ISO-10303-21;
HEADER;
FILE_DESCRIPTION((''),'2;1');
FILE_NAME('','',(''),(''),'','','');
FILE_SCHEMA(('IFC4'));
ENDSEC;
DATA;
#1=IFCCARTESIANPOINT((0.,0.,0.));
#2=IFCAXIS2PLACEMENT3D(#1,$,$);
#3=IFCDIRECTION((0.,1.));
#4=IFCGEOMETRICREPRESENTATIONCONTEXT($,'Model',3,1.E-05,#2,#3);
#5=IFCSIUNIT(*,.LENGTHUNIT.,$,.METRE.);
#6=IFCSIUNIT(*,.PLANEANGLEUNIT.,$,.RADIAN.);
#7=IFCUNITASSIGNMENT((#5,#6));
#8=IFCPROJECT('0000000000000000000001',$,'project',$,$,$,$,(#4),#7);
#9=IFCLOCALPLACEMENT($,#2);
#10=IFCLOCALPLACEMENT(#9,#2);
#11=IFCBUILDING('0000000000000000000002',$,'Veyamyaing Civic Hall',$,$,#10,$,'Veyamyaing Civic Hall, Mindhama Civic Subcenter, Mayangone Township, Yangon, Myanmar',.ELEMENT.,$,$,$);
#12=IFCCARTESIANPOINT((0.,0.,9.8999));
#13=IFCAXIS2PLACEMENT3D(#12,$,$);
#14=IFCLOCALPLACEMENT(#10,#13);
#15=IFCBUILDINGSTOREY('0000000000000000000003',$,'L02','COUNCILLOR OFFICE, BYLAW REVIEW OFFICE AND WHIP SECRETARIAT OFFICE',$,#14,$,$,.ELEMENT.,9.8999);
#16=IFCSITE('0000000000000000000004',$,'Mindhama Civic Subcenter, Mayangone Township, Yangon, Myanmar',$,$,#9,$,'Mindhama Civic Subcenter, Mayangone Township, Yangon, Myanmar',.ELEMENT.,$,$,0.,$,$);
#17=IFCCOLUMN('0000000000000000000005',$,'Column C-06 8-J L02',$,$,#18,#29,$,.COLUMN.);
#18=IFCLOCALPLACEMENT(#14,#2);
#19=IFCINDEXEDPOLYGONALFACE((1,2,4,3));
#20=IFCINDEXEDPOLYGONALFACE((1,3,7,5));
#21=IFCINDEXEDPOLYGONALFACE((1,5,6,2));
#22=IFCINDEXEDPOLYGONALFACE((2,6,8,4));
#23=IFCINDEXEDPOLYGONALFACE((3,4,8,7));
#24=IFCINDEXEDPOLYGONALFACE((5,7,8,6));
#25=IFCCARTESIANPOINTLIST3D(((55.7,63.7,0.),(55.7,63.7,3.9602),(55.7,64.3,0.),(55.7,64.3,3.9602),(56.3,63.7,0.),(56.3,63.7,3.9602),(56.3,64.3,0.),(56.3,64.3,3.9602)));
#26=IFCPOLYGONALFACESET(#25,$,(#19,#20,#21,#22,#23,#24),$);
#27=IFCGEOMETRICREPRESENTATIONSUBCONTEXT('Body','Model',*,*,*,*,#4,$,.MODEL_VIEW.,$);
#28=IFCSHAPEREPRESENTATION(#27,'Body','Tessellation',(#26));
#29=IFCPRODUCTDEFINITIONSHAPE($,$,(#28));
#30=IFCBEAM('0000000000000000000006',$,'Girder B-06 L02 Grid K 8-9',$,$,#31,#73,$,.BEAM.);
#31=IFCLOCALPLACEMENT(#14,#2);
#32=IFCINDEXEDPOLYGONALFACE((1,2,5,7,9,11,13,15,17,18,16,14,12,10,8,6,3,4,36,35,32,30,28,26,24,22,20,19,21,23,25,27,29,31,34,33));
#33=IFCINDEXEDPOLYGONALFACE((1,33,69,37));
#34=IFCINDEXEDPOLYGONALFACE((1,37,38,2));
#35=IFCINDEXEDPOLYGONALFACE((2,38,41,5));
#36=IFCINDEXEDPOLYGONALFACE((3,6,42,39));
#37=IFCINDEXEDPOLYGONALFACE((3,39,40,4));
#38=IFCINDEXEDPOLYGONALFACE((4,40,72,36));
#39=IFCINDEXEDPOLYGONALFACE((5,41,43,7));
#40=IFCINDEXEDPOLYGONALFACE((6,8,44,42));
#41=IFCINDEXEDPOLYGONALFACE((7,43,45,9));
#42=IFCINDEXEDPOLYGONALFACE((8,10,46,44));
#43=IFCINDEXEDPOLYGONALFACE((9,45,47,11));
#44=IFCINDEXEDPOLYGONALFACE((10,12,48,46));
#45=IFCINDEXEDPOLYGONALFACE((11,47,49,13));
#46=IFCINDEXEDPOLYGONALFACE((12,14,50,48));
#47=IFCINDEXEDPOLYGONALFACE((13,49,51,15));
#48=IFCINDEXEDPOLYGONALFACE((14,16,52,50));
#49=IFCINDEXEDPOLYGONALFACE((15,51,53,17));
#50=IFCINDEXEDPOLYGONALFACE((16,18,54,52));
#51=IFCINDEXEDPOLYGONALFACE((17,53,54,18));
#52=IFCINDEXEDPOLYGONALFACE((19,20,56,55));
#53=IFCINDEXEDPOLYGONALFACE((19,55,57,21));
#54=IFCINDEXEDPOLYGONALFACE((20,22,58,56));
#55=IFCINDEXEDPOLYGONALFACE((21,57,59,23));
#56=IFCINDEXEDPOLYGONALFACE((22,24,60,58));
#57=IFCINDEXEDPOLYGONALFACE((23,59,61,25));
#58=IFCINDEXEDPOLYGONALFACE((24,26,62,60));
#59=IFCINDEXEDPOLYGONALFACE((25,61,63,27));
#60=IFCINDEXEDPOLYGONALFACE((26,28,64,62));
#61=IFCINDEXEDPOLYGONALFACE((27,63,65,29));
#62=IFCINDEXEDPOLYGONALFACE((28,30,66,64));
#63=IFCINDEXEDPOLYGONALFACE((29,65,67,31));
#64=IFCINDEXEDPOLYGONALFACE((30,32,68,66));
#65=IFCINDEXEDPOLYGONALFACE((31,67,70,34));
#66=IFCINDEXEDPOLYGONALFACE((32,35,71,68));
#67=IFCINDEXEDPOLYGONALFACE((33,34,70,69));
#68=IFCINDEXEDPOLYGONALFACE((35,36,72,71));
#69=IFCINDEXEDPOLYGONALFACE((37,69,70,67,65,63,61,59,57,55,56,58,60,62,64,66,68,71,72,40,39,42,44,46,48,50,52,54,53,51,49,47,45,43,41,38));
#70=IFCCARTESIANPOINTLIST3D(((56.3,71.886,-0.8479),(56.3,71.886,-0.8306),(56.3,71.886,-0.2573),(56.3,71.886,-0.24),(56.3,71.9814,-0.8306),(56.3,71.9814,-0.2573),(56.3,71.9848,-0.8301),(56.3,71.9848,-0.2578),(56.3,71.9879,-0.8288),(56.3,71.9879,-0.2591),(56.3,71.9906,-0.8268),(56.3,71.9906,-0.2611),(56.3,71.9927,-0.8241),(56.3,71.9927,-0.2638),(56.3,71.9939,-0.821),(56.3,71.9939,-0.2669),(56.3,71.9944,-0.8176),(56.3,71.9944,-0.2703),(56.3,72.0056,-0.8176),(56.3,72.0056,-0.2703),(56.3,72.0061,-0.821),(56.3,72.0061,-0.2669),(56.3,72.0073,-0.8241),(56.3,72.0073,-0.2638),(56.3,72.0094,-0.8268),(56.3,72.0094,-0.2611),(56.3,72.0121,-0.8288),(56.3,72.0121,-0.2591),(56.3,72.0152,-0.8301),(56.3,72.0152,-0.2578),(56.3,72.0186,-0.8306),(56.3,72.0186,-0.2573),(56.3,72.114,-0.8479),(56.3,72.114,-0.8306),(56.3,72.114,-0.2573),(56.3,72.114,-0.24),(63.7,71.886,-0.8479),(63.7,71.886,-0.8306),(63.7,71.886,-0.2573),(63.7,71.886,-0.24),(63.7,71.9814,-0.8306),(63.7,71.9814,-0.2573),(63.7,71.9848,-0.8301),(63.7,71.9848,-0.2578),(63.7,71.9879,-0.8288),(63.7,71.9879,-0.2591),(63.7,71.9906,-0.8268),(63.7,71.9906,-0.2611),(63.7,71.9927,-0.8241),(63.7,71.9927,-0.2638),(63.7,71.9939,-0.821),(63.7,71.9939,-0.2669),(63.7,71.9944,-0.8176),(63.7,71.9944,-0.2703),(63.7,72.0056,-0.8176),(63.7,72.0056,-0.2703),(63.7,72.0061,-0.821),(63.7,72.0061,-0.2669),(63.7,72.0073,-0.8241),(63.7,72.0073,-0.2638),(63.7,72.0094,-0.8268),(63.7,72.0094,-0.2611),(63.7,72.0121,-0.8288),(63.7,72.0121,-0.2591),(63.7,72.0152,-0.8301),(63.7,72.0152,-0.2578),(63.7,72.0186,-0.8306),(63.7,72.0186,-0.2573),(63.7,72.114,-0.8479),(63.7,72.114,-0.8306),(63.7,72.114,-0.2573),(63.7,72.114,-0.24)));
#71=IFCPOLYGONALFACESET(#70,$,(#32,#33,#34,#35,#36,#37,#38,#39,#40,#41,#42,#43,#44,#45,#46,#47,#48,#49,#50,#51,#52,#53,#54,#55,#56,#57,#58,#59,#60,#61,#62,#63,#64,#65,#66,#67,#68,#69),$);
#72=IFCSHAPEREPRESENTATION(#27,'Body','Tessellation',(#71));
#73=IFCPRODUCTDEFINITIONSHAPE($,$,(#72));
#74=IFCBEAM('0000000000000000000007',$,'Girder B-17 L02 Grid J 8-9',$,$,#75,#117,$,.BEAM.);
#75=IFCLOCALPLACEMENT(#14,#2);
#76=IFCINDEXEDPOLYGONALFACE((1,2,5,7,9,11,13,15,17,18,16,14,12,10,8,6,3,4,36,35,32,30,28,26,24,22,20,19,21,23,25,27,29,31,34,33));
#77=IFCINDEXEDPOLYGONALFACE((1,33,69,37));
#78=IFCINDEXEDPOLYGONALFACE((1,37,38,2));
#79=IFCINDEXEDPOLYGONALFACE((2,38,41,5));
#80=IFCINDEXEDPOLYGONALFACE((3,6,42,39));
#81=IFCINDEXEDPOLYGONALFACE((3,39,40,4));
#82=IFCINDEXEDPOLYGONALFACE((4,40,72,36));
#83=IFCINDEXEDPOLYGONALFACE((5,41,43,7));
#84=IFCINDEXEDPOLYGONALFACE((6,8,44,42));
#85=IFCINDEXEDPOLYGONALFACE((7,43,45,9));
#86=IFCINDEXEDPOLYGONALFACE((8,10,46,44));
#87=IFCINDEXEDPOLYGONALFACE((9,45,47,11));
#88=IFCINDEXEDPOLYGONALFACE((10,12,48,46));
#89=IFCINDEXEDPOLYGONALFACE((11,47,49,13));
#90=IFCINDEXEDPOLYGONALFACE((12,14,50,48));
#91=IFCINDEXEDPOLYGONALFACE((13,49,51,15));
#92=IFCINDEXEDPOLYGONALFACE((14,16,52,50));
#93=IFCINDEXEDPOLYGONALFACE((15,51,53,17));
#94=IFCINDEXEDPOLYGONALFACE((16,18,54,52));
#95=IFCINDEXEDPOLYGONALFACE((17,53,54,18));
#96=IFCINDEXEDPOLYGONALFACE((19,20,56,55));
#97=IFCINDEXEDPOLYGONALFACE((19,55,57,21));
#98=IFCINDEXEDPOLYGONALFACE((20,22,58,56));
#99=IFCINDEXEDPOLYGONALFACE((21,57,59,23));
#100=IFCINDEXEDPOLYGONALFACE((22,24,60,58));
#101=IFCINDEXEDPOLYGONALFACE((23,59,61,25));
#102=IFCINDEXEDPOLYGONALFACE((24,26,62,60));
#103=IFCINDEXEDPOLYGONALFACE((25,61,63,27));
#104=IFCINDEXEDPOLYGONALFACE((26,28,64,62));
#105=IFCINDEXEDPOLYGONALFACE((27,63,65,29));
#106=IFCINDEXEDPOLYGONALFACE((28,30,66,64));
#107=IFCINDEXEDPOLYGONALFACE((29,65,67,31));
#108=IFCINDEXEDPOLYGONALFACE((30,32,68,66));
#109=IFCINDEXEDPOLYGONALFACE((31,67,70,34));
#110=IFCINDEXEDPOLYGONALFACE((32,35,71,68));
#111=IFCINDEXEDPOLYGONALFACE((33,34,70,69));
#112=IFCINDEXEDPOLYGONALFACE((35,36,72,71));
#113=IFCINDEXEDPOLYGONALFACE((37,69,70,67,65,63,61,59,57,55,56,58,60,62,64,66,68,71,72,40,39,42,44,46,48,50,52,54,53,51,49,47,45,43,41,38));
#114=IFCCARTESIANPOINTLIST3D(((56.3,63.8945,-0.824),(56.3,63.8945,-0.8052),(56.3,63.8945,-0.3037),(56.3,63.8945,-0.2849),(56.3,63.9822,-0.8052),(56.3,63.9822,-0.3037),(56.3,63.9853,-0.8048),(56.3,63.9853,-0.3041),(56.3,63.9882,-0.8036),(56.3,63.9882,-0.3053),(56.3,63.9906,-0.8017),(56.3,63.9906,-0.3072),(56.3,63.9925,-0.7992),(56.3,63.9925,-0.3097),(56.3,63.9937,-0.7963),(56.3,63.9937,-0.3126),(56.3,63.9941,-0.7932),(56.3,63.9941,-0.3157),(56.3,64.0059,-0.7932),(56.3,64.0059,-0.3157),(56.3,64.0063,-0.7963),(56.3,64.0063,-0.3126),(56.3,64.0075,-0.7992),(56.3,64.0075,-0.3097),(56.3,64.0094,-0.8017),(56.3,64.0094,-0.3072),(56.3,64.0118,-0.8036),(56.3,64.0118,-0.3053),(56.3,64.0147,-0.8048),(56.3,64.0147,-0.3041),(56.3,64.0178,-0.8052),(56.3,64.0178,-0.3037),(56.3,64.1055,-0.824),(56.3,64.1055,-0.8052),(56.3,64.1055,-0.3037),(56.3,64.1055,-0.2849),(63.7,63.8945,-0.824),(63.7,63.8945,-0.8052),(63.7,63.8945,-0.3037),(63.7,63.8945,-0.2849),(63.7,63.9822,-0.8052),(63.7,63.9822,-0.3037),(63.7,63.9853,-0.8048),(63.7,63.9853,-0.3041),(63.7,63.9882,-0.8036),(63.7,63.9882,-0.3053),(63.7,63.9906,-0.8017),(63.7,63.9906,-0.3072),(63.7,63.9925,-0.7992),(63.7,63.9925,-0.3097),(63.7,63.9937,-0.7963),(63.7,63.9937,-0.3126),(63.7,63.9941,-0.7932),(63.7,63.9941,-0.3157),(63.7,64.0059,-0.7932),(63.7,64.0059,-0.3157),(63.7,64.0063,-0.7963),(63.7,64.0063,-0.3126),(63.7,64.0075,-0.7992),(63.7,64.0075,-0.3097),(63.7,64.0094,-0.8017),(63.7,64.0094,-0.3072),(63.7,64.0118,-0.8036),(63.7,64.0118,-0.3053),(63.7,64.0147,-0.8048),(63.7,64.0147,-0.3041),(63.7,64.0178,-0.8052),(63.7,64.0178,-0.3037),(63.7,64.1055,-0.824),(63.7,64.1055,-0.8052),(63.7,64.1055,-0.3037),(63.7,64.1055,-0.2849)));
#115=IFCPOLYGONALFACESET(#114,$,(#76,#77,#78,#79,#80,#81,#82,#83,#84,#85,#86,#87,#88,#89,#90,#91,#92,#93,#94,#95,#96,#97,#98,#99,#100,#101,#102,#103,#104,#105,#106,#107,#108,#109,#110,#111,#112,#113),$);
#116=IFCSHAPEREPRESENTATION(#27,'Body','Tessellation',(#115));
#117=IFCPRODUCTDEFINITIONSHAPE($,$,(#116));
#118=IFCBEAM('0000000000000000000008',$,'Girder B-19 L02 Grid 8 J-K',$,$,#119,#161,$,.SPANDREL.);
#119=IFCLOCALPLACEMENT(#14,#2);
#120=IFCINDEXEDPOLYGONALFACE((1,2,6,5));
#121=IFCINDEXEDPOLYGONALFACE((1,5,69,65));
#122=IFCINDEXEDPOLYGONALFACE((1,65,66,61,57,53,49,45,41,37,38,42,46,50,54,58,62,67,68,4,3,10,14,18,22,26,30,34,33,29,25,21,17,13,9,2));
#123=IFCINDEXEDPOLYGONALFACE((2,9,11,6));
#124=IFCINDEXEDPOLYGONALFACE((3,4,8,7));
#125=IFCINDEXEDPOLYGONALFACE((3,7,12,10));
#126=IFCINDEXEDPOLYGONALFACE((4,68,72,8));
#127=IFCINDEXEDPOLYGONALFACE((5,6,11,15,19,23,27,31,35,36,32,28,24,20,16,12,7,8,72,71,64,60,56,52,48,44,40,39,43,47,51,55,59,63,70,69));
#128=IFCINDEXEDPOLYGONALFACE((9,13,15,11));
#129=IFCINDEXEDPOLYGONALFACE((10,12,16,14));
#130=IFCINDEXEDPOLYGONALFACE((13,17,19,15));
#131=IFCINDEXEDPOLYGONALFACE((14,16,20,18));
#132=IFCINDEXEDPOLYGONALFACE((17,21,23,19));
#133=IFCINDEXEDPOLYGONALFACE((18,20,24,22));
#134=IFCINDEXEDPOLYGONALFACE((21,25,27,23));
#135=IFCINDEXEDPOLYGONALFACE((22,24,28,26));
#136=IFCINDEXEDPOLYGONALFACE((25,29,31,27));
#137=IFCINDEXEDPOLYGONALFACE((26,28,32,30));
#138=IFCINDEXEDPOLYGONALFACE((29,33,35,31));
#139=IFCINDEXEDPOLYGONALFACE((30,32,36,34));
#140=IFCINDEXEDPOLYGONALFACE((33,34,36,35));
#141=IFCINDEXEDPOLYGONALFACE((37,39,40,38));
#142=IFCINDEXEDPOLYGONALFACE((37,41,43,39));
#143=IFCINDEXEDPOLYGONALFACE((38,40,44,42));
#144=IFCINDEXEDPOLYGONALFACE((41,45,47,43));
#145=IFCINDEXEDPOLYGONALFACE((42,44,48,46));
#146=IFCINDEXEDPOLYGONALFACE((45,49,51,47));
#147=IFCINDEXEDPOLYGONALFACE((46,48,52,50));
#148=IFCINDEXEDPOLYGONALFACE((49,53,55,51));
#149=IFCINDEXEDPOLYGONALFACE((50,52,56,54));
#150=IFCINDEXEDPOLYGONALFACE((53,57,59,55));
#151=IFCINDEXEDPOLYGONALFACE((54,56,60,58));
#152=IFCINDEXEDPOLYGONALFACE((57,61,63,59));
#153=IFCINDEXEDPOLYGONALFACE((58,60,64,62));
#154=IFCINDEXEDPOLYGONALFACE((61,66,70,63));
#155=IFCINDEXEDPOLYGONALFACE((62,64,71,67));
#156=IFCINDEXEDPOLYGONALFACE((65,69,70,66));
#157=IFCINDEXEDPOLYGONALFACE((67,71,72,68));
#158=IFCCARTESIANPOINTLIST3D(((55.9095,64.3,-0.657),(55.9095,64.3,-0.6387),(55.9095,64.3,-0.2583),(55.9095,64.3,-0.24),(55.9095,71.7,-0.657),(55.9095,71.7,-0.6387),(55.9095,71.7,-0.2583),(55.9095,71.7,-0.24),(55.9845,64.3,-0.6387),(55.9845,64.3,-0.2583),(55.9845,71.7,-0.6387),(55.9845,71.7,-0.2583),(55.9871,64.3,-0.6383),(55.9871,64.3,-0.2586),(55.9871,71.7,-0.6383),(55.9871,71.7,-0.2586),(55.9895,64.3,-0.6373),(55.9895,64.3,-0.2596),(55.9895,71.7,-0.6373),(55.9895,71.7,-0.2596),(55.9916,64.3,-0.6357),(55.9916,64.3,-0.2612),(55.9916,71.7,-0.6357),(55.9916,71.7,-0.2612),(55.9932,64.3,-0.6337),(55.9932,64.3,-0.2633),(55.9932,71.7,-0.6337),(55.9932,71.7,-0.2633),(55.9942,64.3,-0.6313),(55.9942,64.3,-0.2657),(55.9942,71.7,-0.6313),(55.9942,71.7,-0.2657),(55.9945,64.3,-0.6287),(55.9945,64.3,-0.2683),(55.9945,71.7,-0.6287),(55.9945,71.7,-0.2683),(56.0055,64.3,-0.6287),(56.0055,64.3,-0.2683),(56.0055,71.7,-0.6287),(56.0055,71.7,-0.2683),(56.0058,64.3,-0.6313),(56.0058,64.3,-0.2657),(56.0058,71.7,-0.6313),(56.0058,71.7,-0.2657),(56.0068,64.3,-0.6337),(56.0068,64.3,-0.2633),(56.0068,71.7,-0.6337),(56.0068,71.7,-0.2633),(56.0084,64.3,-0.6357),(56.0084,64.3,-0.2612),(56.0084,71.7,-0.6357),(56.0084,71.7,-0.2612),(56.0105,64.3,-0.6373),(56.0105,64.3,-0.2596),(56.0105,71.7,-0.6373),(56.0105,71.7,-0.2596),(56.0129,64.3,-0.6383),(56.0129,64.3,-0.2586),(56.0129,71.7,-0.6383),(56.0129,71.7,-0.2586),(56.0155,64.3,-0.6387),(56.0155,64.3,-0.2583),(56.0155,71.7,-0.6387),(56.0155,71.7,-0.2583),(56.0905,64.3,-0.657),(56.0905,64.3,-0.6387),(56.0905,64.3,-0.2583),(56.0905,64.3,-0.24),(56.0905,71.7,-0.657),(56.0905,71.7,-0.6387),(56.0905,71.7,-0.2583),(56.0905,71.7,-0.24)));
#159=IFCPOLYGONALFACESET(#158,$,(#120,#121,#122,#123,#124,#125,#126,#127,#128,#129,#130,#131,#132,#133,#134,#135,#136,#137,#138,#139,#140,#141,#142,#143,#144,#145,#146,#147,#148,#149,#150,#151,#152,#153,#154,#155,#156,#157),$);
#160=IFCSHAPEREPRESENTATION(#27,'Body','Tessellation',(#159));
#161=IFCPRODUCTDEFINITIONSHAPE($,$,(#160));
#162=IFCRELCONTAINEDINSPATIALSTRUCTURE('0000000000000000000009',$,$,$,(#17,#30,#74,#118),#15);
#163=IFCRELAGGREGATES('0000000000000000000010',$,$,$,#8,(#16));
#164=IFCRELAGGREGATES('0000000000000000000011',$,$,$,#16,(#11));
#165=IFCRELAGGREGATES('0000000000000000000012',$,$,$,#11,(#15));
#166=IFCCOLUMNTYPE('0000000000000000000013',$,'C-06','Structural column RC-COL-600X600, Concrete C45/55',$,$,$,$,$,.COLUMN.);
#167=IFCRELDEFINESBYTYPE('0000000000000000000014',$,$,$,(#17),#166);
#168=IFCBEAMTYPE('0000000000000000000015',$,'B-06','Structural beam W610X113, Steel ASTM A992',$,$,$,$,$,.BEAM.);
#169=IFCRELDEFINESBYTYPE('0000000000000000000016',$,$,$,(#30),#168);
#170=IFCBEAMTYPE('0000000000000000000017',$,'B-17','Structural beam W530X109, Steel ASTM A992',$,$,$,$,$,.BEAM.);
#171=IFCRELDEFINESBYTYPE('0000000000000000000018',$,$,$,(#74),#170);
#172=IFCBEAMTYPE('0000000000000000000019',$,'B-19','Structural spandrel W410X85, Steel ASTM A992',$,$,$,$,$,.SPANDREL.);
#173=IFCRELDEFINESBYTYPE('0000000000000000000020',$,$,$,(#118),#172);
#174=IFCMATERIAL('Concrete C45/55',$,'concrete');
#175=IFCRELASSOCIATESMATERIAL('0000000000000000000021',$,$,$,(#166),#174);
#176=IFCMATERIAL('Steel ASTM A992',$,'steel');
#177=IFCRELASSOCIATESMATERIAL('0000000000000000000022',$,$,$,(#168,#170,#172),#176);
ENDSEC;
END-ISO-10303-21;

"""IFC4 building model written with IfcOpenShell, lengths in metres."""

from ifc_helpers import new_model, si_unit, direction, frame, origin, origin_2d, place, context, subcontext, project, spatial, rectangle, i_section, extrude, material, material_profile, profile_set, type_object, element, save


model = new_model("IFC4")

# Units and contexts
model_context = context("Model", 3, precision=1e-05, world=origin(), true_north=direction((0.0, 1.0)))
body_context = subcontext(model_context, "Body", "Model", "MODEL_VIEW")
ifc_project = project(units=[si_unit("LENGTHUNIT", "METRE"), si_unit("PLANEANGLEUNIT", "RADIAN")], contexts=[model_context])

# Site, building, storey
site_placement = place(None, origin())
site = spatial("IfcSite", under=ifc_project, at=site_placement, Name="Mindhama Civic Subcenter, Mayangone Township, Yangon, Myanmar", LongName="Mindhama Civic Subcenter, Mayangone Township, Yangon, Myanmar", CompositionType="ELEMENT", RefElevation=0.0)
building_placement = place(site_placement, origin())
building = spatial("IfcBuilding", under=site, at=building_placement, Name="Veyamyaing Civic Hall", LongName="Veyamyaing Civic Hall, Mindhama Civic Subcenter, Mayangone Township, Yangon, Myanmar", CompositionType="ELEMENT")
storey_placement = place(building_placement, frame((0.0, 0.0, 9.8999)))
storey = spatial("IfcBuildingStorey", under=building, at=storey_placement, Name="L02", Description="COUNCILLOR OFFICE, BYLAW REVIEW OFFICE AND WHIP SECRETARIAT OFFICE", CompositionType="ELEMENT", Elevation=9.8999)

# Column
ifc_material_1 = material(Name="Concrete C45/55", Category="concrete")
ifc_material_profile_1 = material_profile(ifc_material_1, rectangle(XDim=0.6001, YDim=0.6001, at=origin_2d()), Name="RC-COL-600X600")
ifc_profile_set_1 = profile_set([ifc_material_profile_1], Name="Concrete C45/55")
column_type = type_object("IfcColumnType", Name="C-06", Description="Structural column RC-COL-600X600, Concrete C45/55", PredefinedType="COLUMN", material=ifc_profile_set_1)
column_placement = place(storey_placement, frame((56.0, 64.0, 0.0), z_axis=(0.0, 0.0, 1.0), x_axis=(1.0, 0.0, 0.0)))
element("IfcColumn", 1, at=column_placement, inside=storey, type_object=column_type, Name="Column C-06 8-J L02", PredefinedType="COLUMN", context=body_context, shape_type="SweptSolid", body=[
    extrude(rectangle(XDim=0.6001, YDim=0.6001, at=origin_2d()), origin(), (0.0, 0.0, 1.0), 3.9602),
])

# Beams
ifc_material_2 = material(Name="Steel ASTM A992", Category="steel")
ifc_material_profile_2 = material_profile(ifc_material_2, i_section(OverallWidth=0.228, OverallDepth=0.6079, WebThickness=0.0112, FlangeThickness=0.0173, FilletRadius=0.0129, at=origin_2d()), Name="W610X113")
ifc_profile_set_2 = profile_set([ifc_material_profile_2], Name="Steel ASTM A992")
beam_type_1 = type_object("IfcBeamType", Name="B-06", Description="Structural beam W610X113, Steel ASTM A992", PredefinedType="BEAM", material=ifc_profile_set_2)
beam_1_placement = place(storey_placement, frame((56.3, 72.0, -0.5439), z_axis=(1.0, 0.0, 0.0), x_axis=(0.0, 1.0, 0.0)))
element("IfcBeam", 2, at=beam_1_placement, inside=storey, type_object=beam_type_1, Name="Girder B-06 L02 Grid K 8-9", PredefinedType="BEAM", context=body_context, shape_type="SweptSolid", body=[
    extrude(i_section(OverallWidth=0.228, OverallDepth=0.6079, WebThickness=0.0112, FlangeThickness=0.0173, FilletRadius=0.0129, at=origin_2d()), origin(), (0.0, 0.0, 1.0), 7.3999),
])
ifc_material_profile_3 = material_profile(ifc_material_2, i_section(OverallWidth=0.2109, OverallDepth=0.5391, WebThickness=0.0117, FlangeThickness=0.0188, FilletRadius=0.012, at=origin_2d()), Name="W530X109")
ifc_profile_set_3 = profile_set([ifc_material_profile_3], Name="Steel ASTM A992")
beam_type_2 = type_object("IfcBeamType", Name="B-17", Description="Structural beam W530X109, Steel ASTM A992", PredefinedType="BEAM", material=ifc_profile_set_3)
beam_2_placement = place(storey_placement, frame((56.3, 64.0, -0.5544), z_axis=(1.0, 0.0, 0.0), x_axis=(0.0, 1.0, 0.0)))
element("IfcBeam", 3, at=beam_2_placement, inside=storey, type_object=beam_type_2, Name="Girder B-17 L02 Grid J 8-9", PredefinedType="BEAM", context=body_context, shape_type="SweptSolid", body=[
    extrude(i_section(OverallWidth=0.2109, OverallDepth=0.5391, WebThickness=0.0117, FlangeThickness=0.0188, FilletRadius=0.012, at=origin_2d()), origin(), (0.0, 0.0, 1.0), 7.3999),
])
ifc_material_profile_4 = material_profile(ifc_material_2, i_section(OverallWidth=0.1809, OverallDepth=0.417, WebThickness=0.011, FlangeThickness=0.0183, FilletRadius=0.01, at=origin_2d()), Name="W410X85")
ifc_profile_set_4 = profile_set([ifc_material_profile_4], Name="Steel ASTM A992")
beam_type_3 = type_object("IfcBeamType", Name="B-19", Description="Structural spandrel W410X85, Steel ASTM A992", PredefinedType="SPANDREL", material=ifc_profile_set_4)
beam_3_placement = place(storey_placement, frame((56.0, 64.3, -0.4485), z_axis=(0.0, 1.0, 0.0), x_axis=(-1.0, 0.0, 0.0)))
element("IfcBeam", 4, at=beam_3_placement, inside=storey, type_object=beam_type_3, Name="Girder B-19 L02 Grid 8 J-K", PredefinedType="SPANDREL", context=body_context, shape_type="SweptSolid", body=[
    extrude(i_section(OverallWidth=0.1809, OverallDepth=0.417, WebThickness=0.011, FlangeThickness=0.0183, FilletRadius=0.01, at=origin_2d()), origin(), (0.0, 0.0, 1.0), 7.3999),
])

save(model, "model.ifc")
